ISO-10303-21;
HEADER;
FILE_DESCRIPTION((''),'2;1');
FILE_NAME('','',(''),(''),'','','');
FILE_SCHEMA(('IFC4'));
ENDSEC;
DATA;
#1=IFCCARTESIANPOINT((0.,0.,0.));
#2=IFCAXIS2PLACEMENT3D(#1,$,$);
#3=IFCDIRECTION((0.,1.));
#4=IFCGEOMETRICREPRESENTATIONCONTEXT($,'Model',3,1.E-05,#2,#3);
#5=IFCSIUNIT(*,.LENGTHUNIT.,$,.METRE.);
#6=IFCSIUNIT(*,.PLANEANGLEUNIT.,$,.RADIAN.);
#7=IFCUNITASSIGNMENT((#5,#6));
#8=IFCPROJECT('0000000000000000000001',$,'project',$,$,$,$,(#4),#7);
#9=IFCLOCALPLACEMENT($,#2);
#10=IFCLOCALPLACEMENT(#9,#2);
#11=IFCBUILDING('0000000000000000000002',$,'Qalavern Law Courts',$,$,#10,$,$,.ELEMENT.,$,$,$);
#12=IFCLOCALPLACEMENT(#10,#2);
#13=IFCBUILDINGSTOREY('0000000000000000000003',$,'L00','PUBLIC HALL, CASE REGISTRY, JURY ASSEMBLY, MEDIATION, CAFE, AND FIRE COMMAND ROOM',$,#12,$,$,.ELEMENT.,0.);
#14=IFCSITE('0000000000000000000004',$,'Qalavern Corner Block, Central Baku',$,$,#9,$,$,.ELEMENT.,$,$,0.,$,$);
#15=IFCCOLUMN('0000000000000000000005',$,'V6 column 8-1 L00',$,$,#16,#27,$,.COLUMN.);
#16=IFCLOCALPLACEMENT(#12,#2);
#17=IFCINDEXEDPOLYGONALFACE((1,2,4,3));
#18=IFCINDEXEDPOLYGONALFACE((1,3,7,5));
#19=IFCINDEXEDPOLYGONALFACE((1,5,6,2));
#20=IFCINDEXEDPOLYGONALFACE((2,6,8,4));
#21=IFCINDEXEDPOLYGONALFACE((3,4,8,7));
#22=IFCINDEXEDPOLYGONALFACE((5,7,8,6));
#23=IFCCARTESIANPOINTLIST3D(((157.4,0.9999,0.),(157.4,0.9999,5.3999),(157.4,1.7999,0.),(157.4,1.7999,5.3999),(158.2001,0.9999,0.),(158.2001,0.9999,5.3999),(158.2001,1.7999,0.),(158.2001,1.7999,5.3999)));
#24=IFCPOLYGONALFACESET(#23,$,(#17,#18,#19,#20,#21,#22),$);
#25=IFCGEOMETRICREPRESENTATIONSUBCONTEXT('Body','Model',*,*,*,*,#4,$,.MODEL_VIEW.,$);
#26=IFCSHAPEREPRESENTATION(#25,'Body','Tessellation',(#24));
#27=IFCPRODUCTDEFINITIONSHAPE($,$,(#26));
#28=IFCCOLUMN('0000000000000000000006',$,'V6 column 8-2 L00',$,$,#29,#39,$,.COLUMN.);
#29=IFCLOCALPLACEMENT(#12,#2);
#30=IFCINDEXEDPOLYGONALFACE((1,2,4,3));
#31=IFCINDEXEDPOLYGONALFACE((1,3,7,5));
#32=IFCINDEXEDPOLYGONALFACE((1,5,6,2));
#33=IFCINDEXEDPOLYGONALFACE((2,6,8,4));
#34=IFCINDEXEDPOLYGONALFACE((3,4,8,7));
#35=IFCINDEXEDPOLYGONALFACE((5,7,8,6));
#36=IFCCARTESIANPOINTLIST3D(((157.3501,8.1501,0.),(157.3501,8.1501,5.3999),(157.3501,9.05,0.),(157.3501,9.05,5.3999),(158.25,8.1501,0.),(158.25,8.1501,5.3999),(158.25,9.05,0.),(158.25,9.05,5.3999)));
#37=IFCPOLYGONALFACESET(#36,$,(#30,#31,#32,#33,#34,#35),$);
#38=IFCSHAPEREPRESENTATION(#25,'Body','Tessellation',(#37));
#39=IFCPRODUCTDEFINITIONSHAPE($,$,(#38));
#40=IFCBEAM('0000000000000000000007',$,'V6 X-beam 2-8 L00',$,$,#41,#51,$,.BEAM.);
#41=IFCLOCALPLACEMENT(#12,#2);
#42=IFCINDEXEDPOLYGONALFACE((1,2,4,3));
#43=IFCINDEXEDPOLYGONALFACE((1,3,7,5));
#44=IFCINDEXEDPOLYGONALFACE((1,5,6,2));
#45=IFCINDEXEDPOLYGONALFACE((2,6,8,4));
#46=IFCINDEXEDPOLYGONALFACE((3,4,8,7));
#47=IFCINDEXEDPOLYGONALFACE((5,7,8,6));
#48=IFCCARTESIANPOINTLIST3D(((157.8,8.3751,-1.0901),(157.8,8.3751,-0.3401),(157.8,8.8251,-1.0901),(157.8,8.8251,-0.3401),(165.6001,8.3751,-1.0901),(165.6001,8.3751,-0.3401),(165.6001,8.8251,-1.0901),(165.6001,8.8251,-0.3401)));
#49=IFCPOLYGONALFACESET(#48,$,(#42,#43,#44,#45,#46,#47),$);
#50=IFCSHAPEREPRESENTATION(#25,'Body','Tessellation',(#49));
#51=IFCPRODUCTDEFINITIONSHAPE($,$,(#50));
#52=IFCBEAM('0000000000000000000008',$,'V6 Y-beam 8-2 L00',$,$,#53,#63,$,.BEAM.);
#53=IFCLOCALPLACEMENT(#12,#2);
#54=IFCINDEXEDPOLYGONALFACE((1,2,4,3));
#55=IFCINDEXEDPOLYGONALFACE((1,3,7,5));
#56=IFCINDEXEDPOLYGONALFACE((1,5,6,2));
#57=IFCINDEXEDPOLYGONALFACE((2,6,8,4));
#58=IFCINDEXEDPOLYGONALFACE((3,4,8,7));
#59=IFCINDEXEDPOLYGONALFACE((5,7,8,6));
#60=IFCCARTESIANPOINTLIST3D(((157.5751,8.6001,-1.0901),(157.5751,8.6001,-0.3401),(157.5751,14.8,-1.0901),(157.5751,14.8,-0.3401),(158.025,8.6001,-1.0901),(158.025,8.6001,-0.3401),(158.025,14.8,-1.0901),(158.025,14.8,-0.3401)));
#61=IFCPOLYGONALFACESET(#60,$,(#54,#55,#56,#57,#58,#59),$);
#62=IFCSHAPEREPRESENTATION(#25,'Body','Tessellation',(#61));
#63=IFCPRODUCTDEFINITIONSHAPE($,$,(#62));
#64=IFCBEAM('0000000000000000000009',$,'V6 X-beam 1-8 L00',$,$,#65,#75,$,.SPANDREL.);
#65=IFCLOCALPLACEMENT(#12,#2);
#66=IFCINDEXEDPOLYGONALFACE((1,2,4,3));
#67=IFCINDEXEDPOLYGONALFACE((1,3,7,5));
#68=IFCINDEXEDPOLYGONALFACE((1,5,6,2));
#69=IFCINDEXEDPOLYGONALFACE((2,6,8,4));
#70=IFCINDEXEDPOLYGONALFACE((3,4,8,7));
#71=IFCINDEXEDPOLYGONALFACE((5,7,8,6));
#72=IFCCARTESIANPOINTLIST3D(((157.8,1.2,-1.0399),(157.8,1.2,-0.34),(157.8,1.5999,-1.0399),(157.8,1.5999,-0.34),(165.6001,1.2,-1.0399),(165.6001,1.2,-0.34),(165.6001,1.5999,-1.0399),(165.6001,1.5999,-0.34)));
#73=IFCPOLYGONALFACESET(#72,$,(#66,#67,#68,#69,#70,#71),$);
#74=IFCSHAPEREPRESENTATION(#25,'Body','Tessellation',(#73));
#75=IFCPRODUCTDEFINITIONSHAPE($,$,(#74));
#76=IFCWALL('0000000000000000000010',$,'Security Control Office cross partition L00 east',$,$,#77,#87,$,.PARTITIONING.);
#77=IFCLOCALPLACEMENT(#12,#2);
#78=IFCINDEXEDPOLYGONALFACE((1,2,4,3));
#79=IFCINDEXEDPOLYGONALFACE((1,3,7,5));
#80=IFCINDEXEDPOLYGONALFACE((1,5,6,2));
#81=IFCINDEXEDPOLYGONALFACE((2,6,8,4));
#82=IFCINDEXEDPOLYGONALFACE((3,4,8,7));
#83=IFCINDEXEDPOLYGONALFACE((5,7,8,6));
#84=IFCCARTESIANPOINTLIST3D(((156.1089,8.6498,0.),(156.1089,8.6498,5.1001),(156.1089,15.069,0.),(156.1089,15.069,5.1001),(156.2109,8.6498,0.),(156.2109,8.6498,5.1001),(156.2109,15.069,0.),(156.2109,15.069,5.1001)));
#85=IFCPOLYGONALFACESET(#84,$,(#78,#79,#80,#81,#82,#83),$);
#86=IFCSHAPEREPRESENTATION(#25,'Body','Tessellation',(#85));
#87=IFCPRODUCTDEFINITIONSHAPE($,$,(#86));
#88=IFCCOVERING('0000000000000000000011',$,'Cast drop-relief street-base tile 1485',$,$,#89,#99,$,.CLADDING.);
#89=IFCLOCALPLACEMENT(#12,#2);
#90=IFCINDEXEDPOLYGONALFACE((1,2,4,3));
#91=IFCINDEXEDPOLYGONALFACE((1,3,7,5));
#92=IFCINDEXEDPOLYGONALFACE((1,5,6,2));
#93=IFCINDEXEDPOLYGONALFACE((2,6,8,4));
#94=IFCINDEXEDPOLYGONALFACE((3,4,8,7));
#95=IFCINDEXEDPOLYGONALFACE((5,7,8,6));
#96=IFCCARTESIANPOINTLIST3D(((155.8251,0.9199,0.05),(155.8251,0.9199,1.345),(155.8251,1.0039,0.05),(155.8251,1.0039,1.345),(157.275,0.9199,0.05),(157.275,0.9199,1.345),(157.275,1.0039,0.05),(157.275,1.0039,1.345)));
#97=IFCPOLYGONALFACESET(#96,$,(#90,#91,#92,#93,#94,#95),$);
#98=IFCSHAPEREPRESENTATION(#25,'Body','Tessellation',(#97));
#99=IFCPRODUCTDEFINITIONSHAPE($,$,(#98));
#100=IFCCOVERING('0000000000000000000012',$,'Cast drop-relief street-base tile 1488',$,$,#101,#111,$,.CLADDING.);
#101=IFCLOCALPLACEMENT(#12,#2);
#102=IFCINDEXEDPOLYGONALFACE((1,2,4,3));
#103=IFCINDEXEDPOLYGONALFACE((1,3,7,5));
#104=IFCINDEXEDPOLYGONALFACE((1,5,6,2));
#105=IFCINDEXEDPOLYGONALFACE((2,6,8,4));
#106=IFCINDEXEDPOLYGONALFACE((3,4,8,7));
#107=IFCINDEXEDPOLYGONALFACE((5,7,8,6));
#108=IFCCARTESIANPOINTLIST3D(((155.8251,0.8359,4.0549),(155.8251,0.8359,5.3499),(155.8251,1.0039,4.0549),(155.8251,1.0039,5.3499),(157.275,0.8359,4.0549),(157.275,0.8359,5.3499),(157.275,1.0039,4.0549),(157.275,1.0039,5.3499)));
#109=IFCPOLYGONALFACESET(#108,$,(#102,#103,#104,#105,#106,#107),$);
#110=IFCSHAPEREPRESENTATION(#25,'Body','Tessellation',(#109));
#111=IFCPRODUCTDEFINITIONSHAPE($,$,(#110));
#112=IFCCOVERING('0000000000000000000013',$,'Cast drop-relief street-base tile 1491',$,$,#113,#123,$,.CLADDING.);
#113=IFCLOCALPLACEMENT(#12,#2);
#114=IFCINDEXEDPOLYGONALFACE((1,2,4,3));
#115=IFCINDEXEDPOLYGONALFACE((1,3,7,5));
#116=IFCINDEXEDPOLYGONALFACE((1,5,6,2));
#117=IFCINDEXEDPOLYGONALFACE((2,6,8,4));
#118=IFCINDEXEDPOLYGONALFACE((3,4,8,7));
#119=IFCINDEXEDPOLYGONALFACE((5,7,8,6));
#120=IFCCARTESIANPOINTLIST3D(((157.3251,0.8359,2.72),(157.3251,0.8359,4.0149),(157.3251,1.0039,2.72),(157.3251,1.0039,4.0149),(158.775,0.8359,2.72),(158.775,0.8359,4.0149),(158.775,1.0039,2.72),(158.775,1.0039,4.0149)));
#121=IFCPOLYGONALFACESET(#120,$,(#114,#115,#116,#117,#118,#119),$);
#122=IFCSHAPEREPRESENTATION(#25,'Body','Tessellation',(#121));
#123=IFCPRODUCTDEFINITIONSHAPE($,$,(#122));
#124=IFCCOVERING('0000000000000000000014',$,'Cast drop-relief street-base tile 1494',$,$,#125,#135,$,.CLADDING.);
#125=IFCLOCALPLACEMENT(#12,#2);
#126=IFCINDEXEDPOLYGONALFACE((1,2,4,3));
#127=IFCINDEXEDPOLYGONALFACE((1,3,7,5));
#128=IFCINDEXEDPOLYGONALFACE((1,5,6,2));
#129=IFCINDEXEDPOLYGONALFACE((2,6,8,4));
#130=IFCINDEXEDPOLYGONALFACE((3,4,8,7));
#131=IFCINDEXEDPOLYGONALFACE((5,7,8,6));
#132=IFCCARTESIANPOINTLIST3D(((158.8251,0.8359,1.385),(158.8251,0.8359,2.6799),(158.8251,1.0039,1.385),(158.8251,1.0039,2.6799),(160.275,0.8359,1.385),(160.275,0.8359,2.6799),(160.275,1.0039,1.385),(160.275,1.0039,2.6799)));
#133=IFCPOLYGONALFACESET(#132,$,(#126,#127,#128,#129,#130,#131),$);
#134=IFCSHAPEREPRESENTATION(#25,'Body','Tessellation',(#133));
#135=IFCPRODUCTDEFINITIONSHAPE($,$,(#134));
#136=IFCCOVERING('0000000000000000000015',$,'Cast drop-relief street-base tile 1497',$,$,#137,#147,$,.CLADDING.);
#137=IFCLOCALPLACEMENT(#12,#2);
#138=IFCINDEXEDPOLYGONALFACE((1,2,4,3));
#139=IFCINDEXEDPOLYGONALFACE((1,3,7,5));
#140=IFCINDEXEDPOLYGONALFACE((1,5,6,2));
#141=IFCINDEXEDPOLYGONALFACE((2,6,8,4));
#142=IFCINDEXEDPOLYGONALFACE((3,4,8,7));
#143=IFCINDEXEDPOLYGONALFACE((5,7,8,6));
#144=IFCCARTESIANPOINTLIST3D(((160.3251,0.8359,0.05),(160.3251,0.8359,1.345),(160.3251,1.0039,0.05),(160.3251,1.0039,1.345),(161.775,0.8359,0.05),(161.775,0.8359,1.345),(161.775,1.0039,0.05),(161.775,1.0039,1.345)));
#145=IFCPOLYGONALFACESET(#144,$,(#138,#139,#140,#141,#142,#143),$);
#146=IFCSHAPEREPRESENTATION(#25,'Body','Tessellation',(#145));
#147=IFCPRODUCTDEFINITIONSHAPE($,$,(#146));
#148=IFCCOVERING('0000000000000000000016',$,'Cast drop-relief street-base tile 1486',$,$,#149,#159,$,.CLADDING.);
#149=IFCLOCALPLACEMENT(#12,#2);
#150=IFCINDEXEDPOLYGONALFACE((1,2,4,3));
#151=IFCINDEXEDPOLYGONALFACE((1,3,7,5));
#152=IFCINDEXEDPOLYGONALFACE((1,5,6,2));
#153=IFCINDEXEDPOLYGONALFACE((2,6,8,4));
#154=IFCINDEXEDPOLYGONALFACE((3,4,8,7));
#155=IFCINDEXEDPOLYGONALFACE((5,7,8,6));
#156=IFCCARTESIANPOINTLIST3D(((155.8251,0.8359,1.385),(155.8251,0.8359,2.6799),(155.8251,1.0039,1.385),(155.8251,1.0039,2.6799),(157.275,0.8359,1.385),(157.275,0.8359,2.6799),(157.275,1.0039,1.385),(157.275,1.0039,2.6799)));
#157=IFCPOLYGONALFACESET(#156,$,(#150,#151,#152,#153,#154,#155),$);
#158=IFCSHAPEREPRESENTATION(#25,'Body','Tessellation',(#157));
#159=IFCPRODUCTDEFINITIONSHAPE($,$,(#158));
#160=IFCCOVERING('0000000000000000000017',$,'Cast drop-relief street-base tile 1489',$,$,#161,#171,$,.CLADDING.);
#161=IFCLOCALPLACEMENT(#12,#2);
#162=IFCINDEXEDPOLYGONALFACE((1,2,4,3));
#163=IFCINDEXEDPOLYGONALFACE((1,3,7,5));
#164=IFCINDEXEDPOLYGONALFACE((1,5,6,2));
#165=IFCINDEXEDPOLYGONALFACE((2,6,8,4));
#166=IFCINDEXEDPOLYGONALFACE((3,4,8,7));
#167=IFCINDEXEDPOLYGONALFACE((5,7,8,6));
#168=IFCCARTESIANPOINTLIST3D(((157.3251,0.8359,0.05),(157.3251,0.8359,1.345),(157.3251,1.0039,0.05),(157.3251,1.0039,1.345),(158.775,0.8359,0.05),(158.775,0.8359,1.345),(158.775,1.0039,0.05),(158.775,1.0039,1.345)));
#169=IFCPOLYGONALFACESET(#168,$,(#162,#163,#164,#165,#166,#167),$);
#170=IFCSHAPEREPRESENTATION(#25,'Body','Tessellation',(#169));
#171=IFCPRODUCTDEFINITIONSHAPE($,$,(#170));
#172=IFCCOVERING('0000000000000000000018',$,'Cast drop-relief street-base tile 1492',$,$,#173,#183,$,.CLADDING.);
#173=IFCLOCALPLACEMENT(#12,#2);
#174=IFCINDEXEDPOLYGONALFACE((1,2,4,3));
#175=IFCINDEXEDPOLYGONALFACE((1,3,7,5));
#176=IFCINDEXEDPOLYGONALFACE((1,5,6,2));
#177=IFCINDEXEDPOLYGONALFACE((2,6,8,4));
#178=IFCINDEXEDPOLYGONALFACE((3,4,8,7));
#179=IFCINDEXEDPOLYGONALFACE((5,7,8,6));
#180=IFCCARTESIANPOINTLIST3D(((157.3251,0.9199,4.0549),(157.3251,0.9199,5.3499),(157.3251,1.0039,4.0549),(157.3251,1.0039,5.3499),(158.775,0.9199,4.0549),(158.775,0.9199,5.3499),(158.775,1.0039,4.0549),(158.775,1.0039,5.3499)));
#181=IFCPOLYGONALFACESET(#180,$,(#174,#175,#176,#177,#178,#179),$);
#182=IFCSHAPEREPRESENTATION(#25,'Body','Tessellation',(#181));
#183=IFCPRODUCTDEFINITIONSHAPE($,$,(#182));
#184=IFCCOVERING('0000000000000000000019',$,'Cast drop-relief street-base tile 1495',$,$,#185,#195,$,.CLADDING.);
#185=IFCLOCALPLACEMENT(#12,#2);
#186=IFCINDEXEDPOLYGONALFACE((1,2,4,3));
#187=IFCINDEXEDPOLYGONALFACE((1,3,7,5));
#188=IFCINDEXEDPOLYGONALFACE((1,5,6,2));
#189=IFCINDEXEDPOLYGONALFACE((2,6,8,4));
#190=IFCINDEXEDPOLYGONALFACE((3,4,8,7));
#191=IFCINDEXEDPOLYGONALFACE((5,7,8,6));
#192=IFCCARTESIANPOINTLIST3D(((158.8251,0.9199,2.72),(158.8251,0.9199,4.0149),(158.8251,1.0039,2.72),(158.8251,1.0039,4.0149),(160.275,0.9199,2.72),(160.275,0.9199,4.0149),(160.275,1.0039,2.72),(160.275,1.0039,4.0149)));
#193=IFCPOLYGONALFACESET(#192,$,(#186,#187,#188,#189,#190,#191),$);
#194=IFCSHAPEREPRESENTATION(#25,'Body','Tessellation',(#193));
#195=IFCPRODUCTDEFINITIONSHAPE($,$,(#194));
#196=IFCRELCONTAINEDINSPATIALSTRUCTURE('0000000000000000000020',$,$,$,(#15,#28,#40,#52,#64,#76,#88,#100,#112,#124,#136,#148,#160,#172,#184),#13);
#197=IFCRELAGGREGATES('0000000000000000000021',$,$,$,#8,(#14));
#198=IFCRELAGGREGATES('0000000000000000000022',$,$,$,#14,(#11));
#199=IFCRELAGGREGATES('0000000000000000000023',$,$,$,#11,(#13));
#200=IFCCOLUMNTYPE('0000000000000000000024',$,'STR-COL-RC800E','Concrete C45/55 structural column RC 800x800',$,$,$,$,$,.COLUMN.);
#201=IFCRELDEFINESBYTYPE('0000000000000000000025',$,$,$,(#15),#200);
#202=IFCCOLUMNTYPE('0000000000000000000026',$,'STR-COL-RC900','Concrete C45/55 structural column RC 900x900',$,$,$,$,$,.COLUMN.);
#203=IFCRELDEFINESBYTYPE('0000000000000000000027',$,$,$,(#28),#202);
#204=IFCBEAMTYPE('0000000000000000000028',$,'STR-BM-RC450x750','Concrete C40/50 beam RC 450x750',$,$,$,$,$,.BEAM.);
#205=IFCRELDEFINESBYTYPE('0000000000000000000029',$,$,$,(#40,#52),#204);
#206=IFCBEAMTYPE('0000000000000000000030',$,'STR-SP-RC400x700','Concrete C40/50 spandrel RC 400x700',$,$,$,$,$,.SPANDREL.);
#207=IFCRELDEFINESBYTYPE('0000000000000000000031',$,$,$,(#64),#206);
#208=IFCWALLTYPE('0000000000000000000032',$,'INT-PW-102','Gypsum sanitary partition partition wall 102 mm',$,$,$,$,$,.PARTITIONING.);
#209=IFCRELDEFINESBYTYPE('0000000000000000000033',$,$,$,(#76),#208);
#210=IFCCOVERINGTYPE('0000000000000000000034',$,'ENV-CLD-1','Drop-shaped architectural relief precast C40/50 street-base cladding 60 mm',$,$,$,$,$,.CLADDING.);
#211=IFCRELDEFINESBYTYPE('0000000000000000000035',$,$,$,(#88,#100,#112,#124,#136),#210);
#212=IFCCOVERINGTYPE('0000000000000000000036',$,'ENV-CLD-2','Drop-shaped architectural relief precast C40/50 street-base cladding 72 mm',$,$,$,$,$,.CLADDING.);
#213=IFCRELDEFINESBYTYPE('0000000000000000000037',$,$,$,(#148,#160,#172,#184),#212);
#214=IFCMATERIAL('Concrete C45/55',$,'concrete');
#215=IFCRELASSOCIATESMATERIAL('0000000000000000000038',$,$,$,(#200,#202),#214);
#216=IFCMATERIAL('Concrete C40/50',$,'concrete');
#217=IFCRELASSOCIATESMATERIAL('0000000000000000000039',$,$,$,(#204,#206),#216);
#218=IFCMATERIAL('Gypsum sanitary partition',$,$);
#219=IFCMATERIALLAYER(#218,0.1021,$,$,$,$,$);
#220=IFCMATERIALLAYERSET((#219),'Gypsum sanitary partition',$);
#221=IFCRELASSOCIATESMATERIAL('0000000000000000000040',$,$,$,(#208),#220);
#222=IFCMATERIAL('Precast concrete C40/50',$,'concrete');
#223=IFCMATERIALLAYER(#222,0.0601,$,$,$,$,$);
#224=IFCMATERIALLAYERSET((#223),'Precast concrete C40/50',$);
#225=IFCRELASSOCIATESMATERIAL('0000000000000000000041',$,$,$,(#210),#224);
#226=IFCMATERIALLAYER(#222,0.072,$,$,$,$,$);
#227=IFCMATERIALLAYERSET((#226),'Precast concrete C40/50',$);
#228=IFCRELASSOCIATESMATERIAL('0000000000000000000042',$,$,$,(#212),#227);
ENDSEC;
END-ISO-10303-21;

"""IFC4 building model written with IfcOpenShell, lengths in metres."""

from ifc_helpers import new_model, si_unit, direction, frame, frame_2d, origin, origin_2d, place, context, subcontext, project, spatial, rectangle, extrude, material, layer, layer_set, material_profile, profile_set, type_object, element, save


model = new_model("IFC4")

# Units and contexts
model_context = context("Model", 3, precision=1e-05, world=origin(), true_north=direction((0.0, 1.0)))
body_context = subcontext(model_context, "Body", "Model", "MODEL_VIEW")
ifc_project = project(units=[si_unit("LENGTHUNIT", "METRE"), si_unit("PLANEANGLEUNIT", "RADIAN")], contexts=[model_context])

# Site, building, storey
site_placement = place(None, origin())
site = spatial("IfcSite", under=ifc_project, at=site_placement, Name="Qalavern Corner Block, Central Baku", CompositionType="ELEMENT", RefElevation=0.0)
building_placement = place(site_placement, origin())
building = spatial("IfcBuilding", under=site, at=building_placement, Name="Qalavern Law Courts", CompositionType="ELEMENT")
storey_placement = place(building_placement, origin())
storey = spatial("IfcBuildingStorey", under=building, at=storey_placement, Name="L00", Description="PUBLIC HALL, CASE REGISTRY, JURY ASSEMBLY, MEDIATION, CAFE, AND FIRE COMMAND ROOM", CompositionType="ELEMENT", Elevation=0.0)

# Columns
ifc_material_1 = material(Name="Concrete C45/55", Category="concrete")
ifc_material_profile_1 = material_profile(ifc_material_1, rectangle(XDim=0.8, YDim=0.8, at=origin_2d()), Name="RC 800x800")
ifc_profile_set_1 = profile_set([ifc_material_profile_1], Name="Concrete C45/55")
column_type_1 = type_object("IfcColumnType", Name="STR-COL-RC800E", Description="Concrete C45/55 structural column RC 800x800", PredefinedType="COLUMN", material=ifc_profile_set_1)
column_1_placement = place(storey_placement, frame((157.8, 1.3999, 0.0), z_axis=(0.0, 0.0, 1.0), x_axis=(1.0, 0.0, 0.0)))
element("IfcColumn", 1, at=column_1_placement, inside=storey, type_object=column_type_1, Name="V6 column 8-1 L00", PredefinedType="COLUMN", context=body_context, shape_type="SweptSolid", body=[
    extrude(rectangle(XDim=0.8, YDim=0.8, at=origin_2d()), origin(), (0.0, 0.0, 1.0), 5.3999),
])
ifc_material_profile_2 = material_profile(ifc_material_1, rectangle(XDim=0.8999, YDim=0.8999, at=origin_2d()), Name="RC 900x900")
ifc_profile_set_2 = profile_set([ifc_material_profile_2], Name="Concrete C45/55")
column_type_2 = type_object("IfcColumnType", Name="STR-COL-RC900", Description="Concrete C45/55 structural column RC 900x900", PredefinedType="COLUMN", material=ifc_profile_set_2)
column_2_placement = place(storey_placement, frame((157.8, 8.6001, 0.0), z_axis=(0.0, 0.0, 1.0), x_axis=(1.0, 0.0, 0.0)))
element("IfcColumn", 2, at=column_2_placement, inside=storey, type_object=column_type_2, Name="V6 column 8-2 L00", PredefinedType="COLUMN", context=body_context, shape_type="SweptSolid", body=[
    extrude(rectangle(XDim=0.8999, YDim=0.8999, at=origin_2d()), origin(), (0.0, 0.0, 1.0), 5.3999),
])

# Beams
ifc_material_2 = material(Name="Concrete C40/50", Category="concrete")
ifc_material_profile_3 = material_profile(ifc_material_2, rectangle(XDim=0.45, YDim=0.75, at=origin_2d()), Name="RC 450x750")
ifc_profile_set_3 = profile_set([ifc_material_profile_3], Name="Concrete C40/50")
beam_type_1 = type_object("IfcBeamType", Name="STR-BM-RC450x750", Description="Concrete C40/50 beam RC 450x750", PredefinedType="BEAM", material=ifc_profile_set_3)
beam_1_placement = place(storey_placement, frame((157.8, 8.6001, -0.7151), z_axis=(1.0, 0.0, 0.0), x_axis=(0.0, 1.0, 0.0)))
element("IfcBeam", 3, at=beam_1_placement, inside=storey, type_object=beam_type_1, Name="V6 X-beam 2-8 L00", PredefinedType="BEAM", context=body_context, shape_type="SweptSolid", body=[
    extrude(rectangle(XDim=0.45, YDim=0.75, at=origin_2d()), origin(), (0.0, 0.0, 1.0), 7.8),
])
beam_2_placement = place(storey_placement, frame((157.8, 8.6001, -0.7151), z_axis=(0.0, 1.0, 0.0), x_axis=(-1.0, 0.0, 0.0)))
element("IfcBeam", 4, at=beam_2_placement, inside=storey, type_object=beam_type_1, Name="V6 Y-beam 8-2 L00", PredefinedType="BEAM", context=body_context, shape_type="SweptSolid", body=[
    extrude(rectangle(XDim=0.45, YDim=0.75, at=origin_2d()), origin(), (0.0, 0.0, 1.0), 6.2),
])
ifc_material_profile_4 = material_profile(ifc_material_2, rectangle(XDim=0.3999, YDim=0.7, at=origin_2d()), Name="RC 400x700")
ifc_profile_set_4 = profile_set([ifc_material_profile_4], Name="Concrete C40/50")
beam_type_2 = type_object("IfcBeamType", Name="STR-SP-RC400x700", Description="Concrete C40/50 spandrel RC 400x700", PredefinedType="SPANDREL", material=ifc_profile_set_4)
beam_3_placement = place(storey_placement, frame((157.8, 1.3999, -0.6899), z_axis=(1.0, 0.0, 0.0), x_axis=(0.0, 1.0, 0.0)))
element("IfcBeam", 5, at=beam_3_placement, inside=storey, type_object=beam_type_2, Name="V6 X-beam 1-8 L00", PredefinedType="SPANDREL", context=body_context, shape_type="SweptSolid", body=[
    extrude(rectangle(XDim=0.3999, YDim=0.7, at=origin_2d()), origin(), (0.0, 0.0, 1.0), 7.8),
])

# Wall
ifc_material_3 = material(Name="Gypsum sanitary partition")
ifc_layer_1 = layer(ifc_material_3, 0.1021)
ifc_layer_set_1 = layer_set([ifc_layer_1], Name="Gypsum sanitary partition")
wall_type = type_object("IfcWallType", Name="INT-PW-102", Description="Gypsum sanitary partition partition wall 102 mm", PredefinedType="PARTITIONING", material=ifc_layer_set_1)
wall_placement = place(storey_placement, frame((156.1599, 8.6499, 0.0), z_axis=(0.0, 0.0, 1.0), x_axis=(0.0, 1.0, 0.0)))
element("IfcWall", 6, at=wall_placement, inside=storey, type_object=wall_type, Name="Security Control Office cross partition L00 east", PredefinedType="PARTITIONING", context=body_context, shape_type="SweptSolid", body=[
    extrude(rectangle(XDim=6.4192, YDim=0.1021, at=frame_2d((3.2095, 0.0))), origin(), (0.0, 0.0, 1.0), 5.1001),
])

# Coverings
ifc_material_4 = material(Name="Precast concrete C40/50", Category="concrete")
ifc_layer_2 = layer(ifc_material_4, 0.0601)
ifc_layer_set_2 = layer_set([ifc_layer_2], Name="Precast concrete C40/50")
covering_type_1 = type_object("IfcCoveringType", Name="ENV-CLD-1", Description="Drop-shaped architectural relief precast C40/50 street-base cladding 60 mm", PredefinedType="CLADDING", material=ifc_layer_set_2)
covering_1_placement = place(storey_placement, frame((156.55, 0.9619, 0.05), z_axis=(0.0, 0.0, 1.0), x_axis=(1.0, 0.0, 0.0)))
element("IfcCovering", 7, at=covering_1_placement, inside=storey, type_object=covering_type_1, Name="Cast drop-relief street-base tile 1485", PredefinedType="CLADDING", context=body_context, shape_type="SweptSolid", body=[
    extrude(rectangle(XDim=1.45, YDim=0.084, at=origin_2d()), origin(), (0.0, 0.0, 1.0), 1.2949),
])
for number, where, z_axis, x_axis, name in (
    (8, (156.55, 0.9199, 4.0549), (0.0, 0.0, 1.0), (1.0, 0.0, 0.0), "Cast drop-relief street-base tile 1488"),
    (9, (158.05, 0.9199, 2.72), (0.0, 0.0, 1.0), (1.0, 0.0, 0.0), "Cast drop-relief street-base tile 1491"),
    (10, (159.55, 0.9199, 1.385), (0.0, 0.0, 1.0), (1.0, 0.0, 0.0), "Cast drop-relief street-base tile 1494"),
    (11, (161.05, 0.9199, 0.05), (0.0, 0.0, 1.0), (1.0, 0.0, 0.0), "Cast drop-relief street-base tile 1497"),
):
    element("IfcCovering", number, at=place(storey_placement, frame(where, z_axis=z_axis, x_axis=x_axis)), inside=storey, type_object=covering_type_1, Name=name, PredefinedType="CLADDING", context=body_context, shape_type="SweptSolid", body=[
        extrude(rectangle(XDim=1.45, YDim=0.168, at=origin_2d()), origin(), (0.0, 0.0, 1.0), 1.2949),
    ])
ifc_layer_3 = layer(ifc_material_4, 0.072)
ifc_layer_set_3 = layer_set([ifc_layer_3], Name="Precast concrete C40/50")
covering_type_2 = type_object("IfcCoveringType", Name="ENV-CLD-2", Description="Drop-shaped architectural relief precast C40/50 street-base cladding 72 mm", PredefinedType="CLADDING", material=ifc_layer_set_3)
for number, where, z_axis, x_axis, name in (
    (12, (156.55, 0.9199, 1.385), (0.0, 0.0, 1.0), (1.0, 0.0, 0.0), "Cast drop-relief street-base tile 1486"),
    (13, (158.05, 0.9199, 0.05), (0.0, 0.0, 1.0), (1.0, 0.0, 0.0), "Cast drop-relief street-base tile 1489"),
):
    element("IfcCovering", number, at=place(storey_placement, frame(where, z_axis=z_axis, x_axis=x_axis)), inside=storey, type_object=covering_type_2, Name=name, PredefinedType="CLADDING", context=body_context, shape_type="SweptSolid", body=[
        extrude(rectangle(XDim=1.45, YDim=0.168, at=origin_2d()), origin(), (0.0, 0.0, 1.0), 1.2949),
    ])
for number, where, z_axis, x_axis, name in (
    (14, (158.05, 0.9619, 4.0549), (0.0, 0.0, 1.0), (1.0, 0.0, 0.0), "Cast drop-relief street-base tile 1492"),
    (15, (159.55, 0.9619, 2.72), (0.0, 0.0, 1.0), (1.0, 0.0, 0.0), "Cast drop-relief street-base tile 1495"),
):
    element("IfcCovering", number, at=place(storey_placement, frame(where, z_axis=z_axis, x_axis=x_axis)), inside=storey, type_object=covering_type_2, Name=name, PredefinedType="CLADDING", context=body_context, shape_type="SweptSolid", body=[
        extrude(rectangle(XDim=1.45, YDim=0.084, at=origin_2d()), origin(), (0.0, 0.0, 1.0), 1.2949),
    ])

save(model, "model.ifc")
